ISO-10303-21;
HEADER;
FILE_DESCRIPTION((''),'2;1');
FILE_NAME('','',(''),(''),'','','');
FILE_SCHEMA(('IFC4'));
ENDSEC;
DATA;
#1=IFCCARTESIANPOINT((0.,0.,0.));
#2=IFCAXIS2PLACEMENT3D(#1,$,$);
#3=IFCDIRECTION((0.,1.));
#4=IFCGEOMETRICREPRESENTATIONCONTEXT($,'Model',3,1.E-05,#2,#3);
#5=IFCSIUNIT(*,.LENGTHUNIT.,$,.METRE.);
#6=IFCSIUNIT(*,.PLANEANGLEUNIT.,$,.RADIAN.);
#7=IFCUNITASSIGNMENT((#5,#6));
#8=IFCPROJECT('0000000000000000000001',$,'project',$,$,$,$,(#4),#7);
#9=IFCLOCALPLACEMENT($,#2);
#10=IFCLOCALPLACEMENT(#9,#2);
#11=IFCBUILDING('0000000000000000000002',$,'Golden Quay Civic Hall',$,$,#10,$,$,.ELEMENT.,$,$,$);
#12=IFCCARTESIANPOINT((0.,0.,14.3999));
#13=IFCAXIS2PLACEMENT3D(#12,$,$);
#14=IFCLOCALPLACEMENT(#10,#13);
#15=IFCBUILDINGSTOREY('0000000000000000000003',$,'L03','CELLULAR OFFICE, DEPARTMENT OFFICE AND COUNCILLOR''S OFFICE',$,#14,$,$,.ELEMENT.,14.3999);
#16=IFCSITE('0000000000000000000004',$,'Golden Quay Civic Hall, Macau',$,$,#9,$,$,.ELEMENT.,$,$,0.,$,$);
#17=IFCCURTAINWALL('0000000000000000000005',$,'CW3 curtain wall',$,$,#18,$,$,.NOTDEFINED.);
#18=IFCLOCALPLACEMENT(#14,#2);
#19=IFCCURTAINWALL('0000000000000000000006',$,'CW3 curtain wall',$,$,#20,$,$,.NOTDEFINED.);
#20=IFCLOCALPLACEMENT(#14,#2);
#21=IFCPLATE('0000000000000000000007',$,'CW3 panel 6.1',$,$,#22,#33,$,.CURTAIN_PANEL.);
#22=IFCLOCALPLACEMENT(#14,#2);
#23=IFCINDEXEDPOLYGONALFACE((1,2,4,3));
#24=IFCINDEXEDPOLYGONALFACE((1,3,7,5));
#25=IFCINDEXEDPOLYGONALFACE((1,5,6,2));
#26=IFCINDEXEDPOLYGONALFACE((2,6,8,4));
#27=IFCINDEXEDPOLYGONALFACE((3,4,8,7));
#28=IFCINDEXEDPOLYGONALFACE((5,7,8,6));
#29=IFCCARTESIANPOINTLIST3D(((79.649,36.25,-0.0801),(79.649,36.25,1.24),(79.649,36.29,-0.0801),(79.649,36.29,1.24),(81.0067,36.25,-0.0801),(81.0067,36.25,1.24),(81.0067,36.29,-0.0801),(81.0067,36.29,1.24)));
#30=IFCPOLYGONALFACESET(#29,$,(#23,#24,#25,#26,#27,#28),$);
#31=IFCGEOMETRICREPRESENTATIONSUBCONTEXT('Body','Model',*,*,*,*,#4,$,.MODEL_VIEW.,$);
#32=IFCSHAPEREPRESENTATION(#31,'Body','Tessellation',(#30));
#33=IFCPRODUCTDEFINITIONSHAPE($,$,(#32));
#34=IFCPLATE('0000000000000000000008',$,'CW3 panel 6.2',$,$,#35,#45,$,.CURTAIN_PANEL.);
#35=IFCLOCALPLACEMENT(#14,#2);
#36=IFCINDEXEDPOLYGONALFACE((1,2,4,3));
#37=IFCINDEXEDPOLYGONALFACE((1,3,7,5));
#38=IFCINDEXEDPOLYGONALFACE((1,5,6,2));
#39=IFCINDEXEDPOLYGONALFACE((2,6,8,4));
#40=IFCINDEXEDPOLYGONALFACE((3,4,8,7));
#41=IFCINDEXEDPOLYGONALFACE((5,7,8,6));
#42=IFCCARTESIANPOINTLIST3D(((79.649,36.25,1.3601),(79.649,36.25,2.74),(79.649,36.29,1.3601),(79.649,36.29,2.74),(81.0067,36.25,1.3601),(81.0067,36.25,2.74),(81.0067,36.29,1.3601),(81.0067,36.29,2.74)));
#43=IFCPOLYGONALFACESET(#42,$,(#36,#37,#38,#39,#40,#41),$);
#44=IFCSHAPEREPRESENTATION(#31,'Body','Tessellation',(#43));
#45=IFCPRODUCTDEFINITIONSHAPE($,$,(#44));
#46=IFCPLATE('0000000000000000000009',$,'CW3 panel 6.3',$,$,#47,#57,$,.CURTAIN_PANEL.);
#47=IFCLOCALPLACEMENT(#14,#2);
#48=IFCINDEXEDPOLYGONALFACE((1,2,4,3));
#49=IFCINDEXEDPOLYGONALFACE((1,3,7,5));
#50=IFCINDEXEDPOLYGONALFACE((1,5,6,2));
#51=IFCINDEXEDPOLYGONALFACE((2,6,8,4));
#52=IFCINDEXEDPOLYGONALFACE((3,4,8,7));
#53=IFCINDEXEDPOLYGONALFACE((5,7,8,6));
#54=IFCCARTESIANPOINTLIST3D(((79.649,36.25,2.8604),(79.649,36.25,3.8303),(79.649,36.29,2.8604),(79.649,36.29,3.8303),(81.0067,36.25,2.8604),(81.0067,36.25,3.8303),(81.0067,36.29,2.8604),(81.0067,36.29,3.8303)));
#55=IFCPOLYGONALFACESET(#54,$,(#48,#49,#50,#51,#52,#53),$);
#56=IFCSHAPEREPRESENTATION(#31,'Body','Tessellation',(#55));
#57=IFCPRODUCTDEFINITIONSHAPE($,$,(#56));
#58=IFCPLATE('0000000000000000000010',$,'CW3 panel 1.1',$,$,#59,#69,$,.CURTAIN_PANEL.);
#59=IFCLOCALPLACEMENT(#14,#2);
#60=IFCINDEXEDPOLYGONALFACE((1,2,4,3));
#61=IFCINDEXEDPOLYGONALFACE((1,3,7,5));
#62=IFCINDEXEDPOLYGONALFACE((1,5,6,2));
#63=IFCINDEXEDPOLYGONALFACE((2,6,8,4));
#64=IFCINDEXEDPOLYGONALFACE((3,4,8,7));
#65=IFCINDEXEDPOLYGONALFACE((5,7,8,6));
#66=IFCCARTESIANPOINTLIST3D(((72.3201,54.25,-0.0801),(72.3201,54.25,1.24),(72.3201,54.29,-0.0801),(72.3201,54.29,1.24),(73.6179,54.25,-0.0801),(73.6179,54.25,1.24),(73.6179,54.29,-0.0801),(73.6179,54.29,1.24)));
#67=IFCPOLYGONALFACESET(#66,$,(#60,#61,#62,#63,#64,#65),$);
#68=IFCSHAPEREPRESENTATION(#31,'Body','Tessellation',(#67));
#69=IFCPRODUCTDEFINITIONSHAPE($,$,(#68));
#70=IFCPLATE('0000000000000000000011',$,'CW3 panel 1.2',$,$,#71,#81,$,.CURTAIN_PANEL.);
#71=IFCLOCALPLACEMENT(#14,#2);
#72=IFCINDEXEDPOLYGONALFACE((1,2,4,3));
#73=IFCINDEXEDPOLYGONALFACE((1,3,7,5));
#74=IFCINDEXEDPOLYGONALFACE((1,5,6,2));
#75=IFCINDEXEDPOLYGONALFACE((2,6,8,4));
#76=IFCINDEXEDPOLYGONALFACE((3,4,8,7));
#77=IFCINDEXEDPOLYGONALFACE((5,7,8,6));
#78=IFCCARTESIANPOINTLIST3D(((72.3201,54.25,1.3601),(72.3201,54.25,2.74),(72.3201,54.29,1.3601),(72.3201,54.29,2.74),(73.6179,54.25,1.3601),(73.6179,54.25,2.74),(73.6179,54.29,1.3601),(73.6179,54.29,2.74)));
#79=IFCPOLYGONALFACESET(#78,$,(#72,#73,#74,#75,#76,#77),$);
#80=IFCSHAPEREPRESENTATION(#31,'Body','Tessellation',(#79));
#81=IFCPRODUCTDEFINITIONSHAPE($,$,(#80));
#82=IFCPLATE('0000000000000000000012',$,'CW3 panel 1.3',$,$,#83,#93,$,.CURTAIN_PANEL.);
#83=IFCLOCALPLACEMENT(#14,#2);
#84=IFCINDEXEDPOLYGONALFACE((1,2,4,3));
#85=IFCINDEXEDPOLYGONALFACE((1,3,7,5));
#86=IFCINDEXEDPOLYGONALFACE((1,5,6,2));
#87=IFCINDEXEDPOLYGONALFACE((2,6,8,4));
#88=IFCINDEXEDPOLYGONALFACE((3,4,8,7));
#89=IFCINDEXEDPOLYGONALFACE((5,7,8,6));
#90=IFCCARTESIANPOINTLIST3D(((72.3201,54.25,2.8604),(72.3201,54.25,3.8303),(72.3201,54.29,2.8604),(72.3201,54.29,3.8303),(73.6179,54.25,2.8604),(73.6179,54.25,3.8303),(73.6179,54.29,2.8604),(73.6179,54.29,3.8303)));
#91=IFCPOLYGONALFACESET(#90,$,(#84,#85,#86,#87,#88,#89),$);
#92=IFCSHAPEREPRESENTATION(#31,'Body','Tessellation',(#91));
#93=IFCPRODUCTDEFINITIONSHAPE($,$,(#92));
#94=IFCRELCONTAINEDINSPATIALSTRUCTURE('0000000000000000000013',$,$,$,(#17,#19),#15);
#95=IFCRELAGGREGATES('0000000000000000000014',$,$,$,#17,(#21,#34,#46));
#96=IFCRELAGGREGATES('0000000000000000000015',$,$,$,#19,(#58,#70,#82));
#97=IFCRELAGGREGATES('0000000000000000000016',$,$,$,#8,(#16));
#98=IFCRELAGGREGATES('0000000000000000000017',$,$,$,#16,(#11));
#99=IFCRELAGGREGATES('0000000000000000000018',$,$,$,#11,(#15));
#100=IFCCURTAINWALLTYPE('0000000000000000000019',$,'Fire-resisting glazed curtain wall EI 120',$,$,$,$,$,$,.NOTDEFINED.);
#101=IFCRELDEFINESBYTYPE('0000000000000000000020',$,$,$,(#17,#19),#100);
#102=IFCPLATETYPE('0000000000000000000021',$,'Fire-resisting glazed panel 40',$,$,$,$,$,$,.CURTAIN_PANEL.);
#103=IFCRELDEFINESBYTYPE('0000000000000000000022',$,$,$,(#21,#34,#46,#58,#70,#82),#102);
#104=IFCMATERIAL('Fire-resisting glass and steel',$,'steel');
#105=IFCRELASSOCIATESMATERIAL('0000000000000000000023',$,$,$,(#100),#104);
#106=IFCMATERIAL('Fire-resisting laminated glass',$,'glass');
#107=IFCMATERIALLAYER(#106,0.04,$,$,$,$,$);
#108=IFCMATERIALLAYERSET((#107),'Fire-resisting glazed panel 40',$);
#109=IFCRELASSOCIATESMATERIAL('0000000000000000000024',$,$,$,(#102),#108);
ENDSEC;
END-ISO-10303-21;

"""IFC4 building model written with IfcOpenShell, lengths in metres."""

from ifc_helpers import new_model, si_unit, direction, frame, origin, origin_2d, place, context, subcontext, project, spatial, rectangle, extrude, material, layer, layer_set, type_object, element, aggregate, save


model = new_model("IFC4")

# Units and contexts
model_context = context("Model", 3, precision=1e-05, world=origin(), true_north=direction((0.0, 1.0)))
body_context = subcontext(model_context, "Body", "Model", "MODEL_VIEW")
ifc_project = project(units=[si_unit("LENGTHUNIT", "METRE"), si_unit("PLANEANGLEUNIT", "RADIAN")], contexts=[model_context])

# Site, building, storey
site_placement = place(None, origin())
site = spatial("IfcSite", under=ifc_project, at=site_placement, Name="Golden Quay Civic Hall, Macau", CompositionType="ELEMENT", RefElevation=0.0)
building_placement = place(site_placement, origin())
building = spatial("IfcBuilding", under=site, at=building_placement, Name="Golden Quay Civic Hall", CompositionType="ELEMENT")
storey_placement = place(building_placement, frame((0.0, 0.0, 14.3999)))
storey = spatial("IfcBuildingStorey", under=building, at=storey_placement, Name="L03", Description="CELLULAR OFFICE, DEPARTMENT OFFICE AND COUNCILLOR'S OFFICE", CompositionType="ELEMENT", Elevation=14.3999)

# Curtain wall
ifc_material_1 = material(Name="Fire-resisting glass and steel", Category="steel")
curtain_wall_type = type_object("IfcCurtainWallType", Name="Fire-resisting glazed curtain wall EI 120", PredefinedType="NOTDEFINED", material=ifc_material_1)
curtain_wall_1_placement = place(storey_placement, origin())
curtain_wall_1 = element("IfcCurtainWall", 1, at=curtain_wall_1_placement, inside=storey, type_object=curtain_wall_type, Name="CW3 curtain wall", PredefinedType="NOTDEFINED")

# Curtain wall
curtain_wall_2_placement = place(storey_placement, origin())
curtain_wall_2 = element("IfcCurtainWall", 2, at=curtain_wall_2_placement, inside=storey, type_object=curtain_wall_type, Name="CW3 curtain wall", PredefinedType="NOTDEFINED")

# Plates
ifc_material_2 = material(Name="Fire-resisting laminated glass", Category="glass")
ifc_layer = layer(ifc_material_2, 0.04)
ifc_layer_set = layer_set([ifc_layer], Name="Fire-resisting glazed panel 40")
plate_type = type_object("IfcPlateType", Name="Fire-resisting glazed panel 40", PredefinedType="CURTAIN_PANEL", material=ifc_layer_set)
plate_1_placement = place(storey_placement, frame((80.3279, 36.27, -0.0801), z_axis=(0.0, 0.0, 1.0), x_axis=(1.0, 0.0, 0.0)))
plate_1 = element("IfcPlate", 3, at=plate_1_placement, type_object=plate_type, Name="CW3 panel 6.1", PredefinedType="CURTAIN_PANEL", context=body_context, shape_type="SweptSolid", body=[
    extrude(rectangle(XDim=1.3577, YDim=0.04, at=origin_2d()), origin(), (0.0, 0.0, 1.0), 1.3201),
])
plate_2_placement = place(storey_placement, frame((80.3279, 36.27, 1.3601), z_axis=(0.0, 0.0, 1.0), x_axis=(1.0, 0.0, 0.0)))
plate_2 = element("IfcPlate", 4, at=plate_2_placement, type_object=plate_type, Name="CW3 panel 6.2", PredefinedType="CURTAIN_PANEL", context=body_context, shape_type="SweptSolid", body=[
    extrude(rectangle(XDim=1.3577, YDim=0.04, at=origin_2d()), origin(), (0.0, 0.0, 1.0), 1.3799),
])
plate_3_placement = place(storey_placement, frame((80.3279, 36.27, 2.8604), z_axis=(0.0, 0.0, 1.0), x_axis=(1.0, 0.0, 0.0)))
plate_3 = element("IfcPlate", 5, at=plate_3_placement, type_object=plate_type, Name="CW3 panel 6.3", PredefinedType="CURTAIN_PANEL", context=body_context, shape_type="SweptSolid", body=[
    extrude(rectangle(XDim=1.3577, YDim=0.04, at=origin_2d()), origin(), (0.0, 0.0, 1.0), 0.97),
])
aggregate(curtain_wall_1, [plate_1, plate_2, plate_3])
plate_4_placement = place(storey_placement, frame((72.969, 54.27, -0.0801), z_axis=(0.0, 0.0, 1.0), x_axis=(1.0, 0.0, 0.0)))
plate_4 = element("IfcPlate", 6, at=plate_4_placement, type_object=plate_type, Name="CW3 panel 1.1", PredefinedType="CURTAIN_PANEL", context=body_context, shape_type="SweptSolid", body=[
    extrude(rectangle(XDim=1.2979, YDim=0.04, at=origin_2d()), origin(), (0.0, 0.0, 1.0), 1.3201),
])
plate_5_placement = place(storey_placement, frame((72.969, 54.27, 1.3601), z_axis=(0.0, 0.0, 1.0), x_axis=(1.0, 0.0, 0.0)))
plate_5 = element("IfcPlate", 7, at=plate_5_placement, type_object=plate_type, Name="CW3 panel 1.2", PredefinedType="CURTAIN_PANEL", context=body_context, shape_type="SweptSolid", body=[
    extrude(rectangle(XDim=1.2979, YDim=0.04, at=origin_2d()), origin(), (0.0, 0.0, 1.0), 1.3799),
])
plate_6_placement = place(storey_placement, frame((72.969, 54.27, 2.8604), z_axis=(0.0, 0.0, 1.0), x_axis=(1.0, 0.0, 0.0)))
plate_6 = element("IfcPlate", 8, at=plate_6_placement, type_object=plate_type, Name="CW3 panel 1.3", PredefinedType="CURTAIN_PANEL", context=body_context, shape_type="SweptSolid", body=[
    extrude(rectangle(XDim=1.2979, YDim=0.04, at=origin_2d()), origin(), (0.0, 0.0, 1.0), 0.97),
])
aggregate(curtain_wall_2, [plate_4, plate_5, plate_6])

save(model, "model.ifc")
